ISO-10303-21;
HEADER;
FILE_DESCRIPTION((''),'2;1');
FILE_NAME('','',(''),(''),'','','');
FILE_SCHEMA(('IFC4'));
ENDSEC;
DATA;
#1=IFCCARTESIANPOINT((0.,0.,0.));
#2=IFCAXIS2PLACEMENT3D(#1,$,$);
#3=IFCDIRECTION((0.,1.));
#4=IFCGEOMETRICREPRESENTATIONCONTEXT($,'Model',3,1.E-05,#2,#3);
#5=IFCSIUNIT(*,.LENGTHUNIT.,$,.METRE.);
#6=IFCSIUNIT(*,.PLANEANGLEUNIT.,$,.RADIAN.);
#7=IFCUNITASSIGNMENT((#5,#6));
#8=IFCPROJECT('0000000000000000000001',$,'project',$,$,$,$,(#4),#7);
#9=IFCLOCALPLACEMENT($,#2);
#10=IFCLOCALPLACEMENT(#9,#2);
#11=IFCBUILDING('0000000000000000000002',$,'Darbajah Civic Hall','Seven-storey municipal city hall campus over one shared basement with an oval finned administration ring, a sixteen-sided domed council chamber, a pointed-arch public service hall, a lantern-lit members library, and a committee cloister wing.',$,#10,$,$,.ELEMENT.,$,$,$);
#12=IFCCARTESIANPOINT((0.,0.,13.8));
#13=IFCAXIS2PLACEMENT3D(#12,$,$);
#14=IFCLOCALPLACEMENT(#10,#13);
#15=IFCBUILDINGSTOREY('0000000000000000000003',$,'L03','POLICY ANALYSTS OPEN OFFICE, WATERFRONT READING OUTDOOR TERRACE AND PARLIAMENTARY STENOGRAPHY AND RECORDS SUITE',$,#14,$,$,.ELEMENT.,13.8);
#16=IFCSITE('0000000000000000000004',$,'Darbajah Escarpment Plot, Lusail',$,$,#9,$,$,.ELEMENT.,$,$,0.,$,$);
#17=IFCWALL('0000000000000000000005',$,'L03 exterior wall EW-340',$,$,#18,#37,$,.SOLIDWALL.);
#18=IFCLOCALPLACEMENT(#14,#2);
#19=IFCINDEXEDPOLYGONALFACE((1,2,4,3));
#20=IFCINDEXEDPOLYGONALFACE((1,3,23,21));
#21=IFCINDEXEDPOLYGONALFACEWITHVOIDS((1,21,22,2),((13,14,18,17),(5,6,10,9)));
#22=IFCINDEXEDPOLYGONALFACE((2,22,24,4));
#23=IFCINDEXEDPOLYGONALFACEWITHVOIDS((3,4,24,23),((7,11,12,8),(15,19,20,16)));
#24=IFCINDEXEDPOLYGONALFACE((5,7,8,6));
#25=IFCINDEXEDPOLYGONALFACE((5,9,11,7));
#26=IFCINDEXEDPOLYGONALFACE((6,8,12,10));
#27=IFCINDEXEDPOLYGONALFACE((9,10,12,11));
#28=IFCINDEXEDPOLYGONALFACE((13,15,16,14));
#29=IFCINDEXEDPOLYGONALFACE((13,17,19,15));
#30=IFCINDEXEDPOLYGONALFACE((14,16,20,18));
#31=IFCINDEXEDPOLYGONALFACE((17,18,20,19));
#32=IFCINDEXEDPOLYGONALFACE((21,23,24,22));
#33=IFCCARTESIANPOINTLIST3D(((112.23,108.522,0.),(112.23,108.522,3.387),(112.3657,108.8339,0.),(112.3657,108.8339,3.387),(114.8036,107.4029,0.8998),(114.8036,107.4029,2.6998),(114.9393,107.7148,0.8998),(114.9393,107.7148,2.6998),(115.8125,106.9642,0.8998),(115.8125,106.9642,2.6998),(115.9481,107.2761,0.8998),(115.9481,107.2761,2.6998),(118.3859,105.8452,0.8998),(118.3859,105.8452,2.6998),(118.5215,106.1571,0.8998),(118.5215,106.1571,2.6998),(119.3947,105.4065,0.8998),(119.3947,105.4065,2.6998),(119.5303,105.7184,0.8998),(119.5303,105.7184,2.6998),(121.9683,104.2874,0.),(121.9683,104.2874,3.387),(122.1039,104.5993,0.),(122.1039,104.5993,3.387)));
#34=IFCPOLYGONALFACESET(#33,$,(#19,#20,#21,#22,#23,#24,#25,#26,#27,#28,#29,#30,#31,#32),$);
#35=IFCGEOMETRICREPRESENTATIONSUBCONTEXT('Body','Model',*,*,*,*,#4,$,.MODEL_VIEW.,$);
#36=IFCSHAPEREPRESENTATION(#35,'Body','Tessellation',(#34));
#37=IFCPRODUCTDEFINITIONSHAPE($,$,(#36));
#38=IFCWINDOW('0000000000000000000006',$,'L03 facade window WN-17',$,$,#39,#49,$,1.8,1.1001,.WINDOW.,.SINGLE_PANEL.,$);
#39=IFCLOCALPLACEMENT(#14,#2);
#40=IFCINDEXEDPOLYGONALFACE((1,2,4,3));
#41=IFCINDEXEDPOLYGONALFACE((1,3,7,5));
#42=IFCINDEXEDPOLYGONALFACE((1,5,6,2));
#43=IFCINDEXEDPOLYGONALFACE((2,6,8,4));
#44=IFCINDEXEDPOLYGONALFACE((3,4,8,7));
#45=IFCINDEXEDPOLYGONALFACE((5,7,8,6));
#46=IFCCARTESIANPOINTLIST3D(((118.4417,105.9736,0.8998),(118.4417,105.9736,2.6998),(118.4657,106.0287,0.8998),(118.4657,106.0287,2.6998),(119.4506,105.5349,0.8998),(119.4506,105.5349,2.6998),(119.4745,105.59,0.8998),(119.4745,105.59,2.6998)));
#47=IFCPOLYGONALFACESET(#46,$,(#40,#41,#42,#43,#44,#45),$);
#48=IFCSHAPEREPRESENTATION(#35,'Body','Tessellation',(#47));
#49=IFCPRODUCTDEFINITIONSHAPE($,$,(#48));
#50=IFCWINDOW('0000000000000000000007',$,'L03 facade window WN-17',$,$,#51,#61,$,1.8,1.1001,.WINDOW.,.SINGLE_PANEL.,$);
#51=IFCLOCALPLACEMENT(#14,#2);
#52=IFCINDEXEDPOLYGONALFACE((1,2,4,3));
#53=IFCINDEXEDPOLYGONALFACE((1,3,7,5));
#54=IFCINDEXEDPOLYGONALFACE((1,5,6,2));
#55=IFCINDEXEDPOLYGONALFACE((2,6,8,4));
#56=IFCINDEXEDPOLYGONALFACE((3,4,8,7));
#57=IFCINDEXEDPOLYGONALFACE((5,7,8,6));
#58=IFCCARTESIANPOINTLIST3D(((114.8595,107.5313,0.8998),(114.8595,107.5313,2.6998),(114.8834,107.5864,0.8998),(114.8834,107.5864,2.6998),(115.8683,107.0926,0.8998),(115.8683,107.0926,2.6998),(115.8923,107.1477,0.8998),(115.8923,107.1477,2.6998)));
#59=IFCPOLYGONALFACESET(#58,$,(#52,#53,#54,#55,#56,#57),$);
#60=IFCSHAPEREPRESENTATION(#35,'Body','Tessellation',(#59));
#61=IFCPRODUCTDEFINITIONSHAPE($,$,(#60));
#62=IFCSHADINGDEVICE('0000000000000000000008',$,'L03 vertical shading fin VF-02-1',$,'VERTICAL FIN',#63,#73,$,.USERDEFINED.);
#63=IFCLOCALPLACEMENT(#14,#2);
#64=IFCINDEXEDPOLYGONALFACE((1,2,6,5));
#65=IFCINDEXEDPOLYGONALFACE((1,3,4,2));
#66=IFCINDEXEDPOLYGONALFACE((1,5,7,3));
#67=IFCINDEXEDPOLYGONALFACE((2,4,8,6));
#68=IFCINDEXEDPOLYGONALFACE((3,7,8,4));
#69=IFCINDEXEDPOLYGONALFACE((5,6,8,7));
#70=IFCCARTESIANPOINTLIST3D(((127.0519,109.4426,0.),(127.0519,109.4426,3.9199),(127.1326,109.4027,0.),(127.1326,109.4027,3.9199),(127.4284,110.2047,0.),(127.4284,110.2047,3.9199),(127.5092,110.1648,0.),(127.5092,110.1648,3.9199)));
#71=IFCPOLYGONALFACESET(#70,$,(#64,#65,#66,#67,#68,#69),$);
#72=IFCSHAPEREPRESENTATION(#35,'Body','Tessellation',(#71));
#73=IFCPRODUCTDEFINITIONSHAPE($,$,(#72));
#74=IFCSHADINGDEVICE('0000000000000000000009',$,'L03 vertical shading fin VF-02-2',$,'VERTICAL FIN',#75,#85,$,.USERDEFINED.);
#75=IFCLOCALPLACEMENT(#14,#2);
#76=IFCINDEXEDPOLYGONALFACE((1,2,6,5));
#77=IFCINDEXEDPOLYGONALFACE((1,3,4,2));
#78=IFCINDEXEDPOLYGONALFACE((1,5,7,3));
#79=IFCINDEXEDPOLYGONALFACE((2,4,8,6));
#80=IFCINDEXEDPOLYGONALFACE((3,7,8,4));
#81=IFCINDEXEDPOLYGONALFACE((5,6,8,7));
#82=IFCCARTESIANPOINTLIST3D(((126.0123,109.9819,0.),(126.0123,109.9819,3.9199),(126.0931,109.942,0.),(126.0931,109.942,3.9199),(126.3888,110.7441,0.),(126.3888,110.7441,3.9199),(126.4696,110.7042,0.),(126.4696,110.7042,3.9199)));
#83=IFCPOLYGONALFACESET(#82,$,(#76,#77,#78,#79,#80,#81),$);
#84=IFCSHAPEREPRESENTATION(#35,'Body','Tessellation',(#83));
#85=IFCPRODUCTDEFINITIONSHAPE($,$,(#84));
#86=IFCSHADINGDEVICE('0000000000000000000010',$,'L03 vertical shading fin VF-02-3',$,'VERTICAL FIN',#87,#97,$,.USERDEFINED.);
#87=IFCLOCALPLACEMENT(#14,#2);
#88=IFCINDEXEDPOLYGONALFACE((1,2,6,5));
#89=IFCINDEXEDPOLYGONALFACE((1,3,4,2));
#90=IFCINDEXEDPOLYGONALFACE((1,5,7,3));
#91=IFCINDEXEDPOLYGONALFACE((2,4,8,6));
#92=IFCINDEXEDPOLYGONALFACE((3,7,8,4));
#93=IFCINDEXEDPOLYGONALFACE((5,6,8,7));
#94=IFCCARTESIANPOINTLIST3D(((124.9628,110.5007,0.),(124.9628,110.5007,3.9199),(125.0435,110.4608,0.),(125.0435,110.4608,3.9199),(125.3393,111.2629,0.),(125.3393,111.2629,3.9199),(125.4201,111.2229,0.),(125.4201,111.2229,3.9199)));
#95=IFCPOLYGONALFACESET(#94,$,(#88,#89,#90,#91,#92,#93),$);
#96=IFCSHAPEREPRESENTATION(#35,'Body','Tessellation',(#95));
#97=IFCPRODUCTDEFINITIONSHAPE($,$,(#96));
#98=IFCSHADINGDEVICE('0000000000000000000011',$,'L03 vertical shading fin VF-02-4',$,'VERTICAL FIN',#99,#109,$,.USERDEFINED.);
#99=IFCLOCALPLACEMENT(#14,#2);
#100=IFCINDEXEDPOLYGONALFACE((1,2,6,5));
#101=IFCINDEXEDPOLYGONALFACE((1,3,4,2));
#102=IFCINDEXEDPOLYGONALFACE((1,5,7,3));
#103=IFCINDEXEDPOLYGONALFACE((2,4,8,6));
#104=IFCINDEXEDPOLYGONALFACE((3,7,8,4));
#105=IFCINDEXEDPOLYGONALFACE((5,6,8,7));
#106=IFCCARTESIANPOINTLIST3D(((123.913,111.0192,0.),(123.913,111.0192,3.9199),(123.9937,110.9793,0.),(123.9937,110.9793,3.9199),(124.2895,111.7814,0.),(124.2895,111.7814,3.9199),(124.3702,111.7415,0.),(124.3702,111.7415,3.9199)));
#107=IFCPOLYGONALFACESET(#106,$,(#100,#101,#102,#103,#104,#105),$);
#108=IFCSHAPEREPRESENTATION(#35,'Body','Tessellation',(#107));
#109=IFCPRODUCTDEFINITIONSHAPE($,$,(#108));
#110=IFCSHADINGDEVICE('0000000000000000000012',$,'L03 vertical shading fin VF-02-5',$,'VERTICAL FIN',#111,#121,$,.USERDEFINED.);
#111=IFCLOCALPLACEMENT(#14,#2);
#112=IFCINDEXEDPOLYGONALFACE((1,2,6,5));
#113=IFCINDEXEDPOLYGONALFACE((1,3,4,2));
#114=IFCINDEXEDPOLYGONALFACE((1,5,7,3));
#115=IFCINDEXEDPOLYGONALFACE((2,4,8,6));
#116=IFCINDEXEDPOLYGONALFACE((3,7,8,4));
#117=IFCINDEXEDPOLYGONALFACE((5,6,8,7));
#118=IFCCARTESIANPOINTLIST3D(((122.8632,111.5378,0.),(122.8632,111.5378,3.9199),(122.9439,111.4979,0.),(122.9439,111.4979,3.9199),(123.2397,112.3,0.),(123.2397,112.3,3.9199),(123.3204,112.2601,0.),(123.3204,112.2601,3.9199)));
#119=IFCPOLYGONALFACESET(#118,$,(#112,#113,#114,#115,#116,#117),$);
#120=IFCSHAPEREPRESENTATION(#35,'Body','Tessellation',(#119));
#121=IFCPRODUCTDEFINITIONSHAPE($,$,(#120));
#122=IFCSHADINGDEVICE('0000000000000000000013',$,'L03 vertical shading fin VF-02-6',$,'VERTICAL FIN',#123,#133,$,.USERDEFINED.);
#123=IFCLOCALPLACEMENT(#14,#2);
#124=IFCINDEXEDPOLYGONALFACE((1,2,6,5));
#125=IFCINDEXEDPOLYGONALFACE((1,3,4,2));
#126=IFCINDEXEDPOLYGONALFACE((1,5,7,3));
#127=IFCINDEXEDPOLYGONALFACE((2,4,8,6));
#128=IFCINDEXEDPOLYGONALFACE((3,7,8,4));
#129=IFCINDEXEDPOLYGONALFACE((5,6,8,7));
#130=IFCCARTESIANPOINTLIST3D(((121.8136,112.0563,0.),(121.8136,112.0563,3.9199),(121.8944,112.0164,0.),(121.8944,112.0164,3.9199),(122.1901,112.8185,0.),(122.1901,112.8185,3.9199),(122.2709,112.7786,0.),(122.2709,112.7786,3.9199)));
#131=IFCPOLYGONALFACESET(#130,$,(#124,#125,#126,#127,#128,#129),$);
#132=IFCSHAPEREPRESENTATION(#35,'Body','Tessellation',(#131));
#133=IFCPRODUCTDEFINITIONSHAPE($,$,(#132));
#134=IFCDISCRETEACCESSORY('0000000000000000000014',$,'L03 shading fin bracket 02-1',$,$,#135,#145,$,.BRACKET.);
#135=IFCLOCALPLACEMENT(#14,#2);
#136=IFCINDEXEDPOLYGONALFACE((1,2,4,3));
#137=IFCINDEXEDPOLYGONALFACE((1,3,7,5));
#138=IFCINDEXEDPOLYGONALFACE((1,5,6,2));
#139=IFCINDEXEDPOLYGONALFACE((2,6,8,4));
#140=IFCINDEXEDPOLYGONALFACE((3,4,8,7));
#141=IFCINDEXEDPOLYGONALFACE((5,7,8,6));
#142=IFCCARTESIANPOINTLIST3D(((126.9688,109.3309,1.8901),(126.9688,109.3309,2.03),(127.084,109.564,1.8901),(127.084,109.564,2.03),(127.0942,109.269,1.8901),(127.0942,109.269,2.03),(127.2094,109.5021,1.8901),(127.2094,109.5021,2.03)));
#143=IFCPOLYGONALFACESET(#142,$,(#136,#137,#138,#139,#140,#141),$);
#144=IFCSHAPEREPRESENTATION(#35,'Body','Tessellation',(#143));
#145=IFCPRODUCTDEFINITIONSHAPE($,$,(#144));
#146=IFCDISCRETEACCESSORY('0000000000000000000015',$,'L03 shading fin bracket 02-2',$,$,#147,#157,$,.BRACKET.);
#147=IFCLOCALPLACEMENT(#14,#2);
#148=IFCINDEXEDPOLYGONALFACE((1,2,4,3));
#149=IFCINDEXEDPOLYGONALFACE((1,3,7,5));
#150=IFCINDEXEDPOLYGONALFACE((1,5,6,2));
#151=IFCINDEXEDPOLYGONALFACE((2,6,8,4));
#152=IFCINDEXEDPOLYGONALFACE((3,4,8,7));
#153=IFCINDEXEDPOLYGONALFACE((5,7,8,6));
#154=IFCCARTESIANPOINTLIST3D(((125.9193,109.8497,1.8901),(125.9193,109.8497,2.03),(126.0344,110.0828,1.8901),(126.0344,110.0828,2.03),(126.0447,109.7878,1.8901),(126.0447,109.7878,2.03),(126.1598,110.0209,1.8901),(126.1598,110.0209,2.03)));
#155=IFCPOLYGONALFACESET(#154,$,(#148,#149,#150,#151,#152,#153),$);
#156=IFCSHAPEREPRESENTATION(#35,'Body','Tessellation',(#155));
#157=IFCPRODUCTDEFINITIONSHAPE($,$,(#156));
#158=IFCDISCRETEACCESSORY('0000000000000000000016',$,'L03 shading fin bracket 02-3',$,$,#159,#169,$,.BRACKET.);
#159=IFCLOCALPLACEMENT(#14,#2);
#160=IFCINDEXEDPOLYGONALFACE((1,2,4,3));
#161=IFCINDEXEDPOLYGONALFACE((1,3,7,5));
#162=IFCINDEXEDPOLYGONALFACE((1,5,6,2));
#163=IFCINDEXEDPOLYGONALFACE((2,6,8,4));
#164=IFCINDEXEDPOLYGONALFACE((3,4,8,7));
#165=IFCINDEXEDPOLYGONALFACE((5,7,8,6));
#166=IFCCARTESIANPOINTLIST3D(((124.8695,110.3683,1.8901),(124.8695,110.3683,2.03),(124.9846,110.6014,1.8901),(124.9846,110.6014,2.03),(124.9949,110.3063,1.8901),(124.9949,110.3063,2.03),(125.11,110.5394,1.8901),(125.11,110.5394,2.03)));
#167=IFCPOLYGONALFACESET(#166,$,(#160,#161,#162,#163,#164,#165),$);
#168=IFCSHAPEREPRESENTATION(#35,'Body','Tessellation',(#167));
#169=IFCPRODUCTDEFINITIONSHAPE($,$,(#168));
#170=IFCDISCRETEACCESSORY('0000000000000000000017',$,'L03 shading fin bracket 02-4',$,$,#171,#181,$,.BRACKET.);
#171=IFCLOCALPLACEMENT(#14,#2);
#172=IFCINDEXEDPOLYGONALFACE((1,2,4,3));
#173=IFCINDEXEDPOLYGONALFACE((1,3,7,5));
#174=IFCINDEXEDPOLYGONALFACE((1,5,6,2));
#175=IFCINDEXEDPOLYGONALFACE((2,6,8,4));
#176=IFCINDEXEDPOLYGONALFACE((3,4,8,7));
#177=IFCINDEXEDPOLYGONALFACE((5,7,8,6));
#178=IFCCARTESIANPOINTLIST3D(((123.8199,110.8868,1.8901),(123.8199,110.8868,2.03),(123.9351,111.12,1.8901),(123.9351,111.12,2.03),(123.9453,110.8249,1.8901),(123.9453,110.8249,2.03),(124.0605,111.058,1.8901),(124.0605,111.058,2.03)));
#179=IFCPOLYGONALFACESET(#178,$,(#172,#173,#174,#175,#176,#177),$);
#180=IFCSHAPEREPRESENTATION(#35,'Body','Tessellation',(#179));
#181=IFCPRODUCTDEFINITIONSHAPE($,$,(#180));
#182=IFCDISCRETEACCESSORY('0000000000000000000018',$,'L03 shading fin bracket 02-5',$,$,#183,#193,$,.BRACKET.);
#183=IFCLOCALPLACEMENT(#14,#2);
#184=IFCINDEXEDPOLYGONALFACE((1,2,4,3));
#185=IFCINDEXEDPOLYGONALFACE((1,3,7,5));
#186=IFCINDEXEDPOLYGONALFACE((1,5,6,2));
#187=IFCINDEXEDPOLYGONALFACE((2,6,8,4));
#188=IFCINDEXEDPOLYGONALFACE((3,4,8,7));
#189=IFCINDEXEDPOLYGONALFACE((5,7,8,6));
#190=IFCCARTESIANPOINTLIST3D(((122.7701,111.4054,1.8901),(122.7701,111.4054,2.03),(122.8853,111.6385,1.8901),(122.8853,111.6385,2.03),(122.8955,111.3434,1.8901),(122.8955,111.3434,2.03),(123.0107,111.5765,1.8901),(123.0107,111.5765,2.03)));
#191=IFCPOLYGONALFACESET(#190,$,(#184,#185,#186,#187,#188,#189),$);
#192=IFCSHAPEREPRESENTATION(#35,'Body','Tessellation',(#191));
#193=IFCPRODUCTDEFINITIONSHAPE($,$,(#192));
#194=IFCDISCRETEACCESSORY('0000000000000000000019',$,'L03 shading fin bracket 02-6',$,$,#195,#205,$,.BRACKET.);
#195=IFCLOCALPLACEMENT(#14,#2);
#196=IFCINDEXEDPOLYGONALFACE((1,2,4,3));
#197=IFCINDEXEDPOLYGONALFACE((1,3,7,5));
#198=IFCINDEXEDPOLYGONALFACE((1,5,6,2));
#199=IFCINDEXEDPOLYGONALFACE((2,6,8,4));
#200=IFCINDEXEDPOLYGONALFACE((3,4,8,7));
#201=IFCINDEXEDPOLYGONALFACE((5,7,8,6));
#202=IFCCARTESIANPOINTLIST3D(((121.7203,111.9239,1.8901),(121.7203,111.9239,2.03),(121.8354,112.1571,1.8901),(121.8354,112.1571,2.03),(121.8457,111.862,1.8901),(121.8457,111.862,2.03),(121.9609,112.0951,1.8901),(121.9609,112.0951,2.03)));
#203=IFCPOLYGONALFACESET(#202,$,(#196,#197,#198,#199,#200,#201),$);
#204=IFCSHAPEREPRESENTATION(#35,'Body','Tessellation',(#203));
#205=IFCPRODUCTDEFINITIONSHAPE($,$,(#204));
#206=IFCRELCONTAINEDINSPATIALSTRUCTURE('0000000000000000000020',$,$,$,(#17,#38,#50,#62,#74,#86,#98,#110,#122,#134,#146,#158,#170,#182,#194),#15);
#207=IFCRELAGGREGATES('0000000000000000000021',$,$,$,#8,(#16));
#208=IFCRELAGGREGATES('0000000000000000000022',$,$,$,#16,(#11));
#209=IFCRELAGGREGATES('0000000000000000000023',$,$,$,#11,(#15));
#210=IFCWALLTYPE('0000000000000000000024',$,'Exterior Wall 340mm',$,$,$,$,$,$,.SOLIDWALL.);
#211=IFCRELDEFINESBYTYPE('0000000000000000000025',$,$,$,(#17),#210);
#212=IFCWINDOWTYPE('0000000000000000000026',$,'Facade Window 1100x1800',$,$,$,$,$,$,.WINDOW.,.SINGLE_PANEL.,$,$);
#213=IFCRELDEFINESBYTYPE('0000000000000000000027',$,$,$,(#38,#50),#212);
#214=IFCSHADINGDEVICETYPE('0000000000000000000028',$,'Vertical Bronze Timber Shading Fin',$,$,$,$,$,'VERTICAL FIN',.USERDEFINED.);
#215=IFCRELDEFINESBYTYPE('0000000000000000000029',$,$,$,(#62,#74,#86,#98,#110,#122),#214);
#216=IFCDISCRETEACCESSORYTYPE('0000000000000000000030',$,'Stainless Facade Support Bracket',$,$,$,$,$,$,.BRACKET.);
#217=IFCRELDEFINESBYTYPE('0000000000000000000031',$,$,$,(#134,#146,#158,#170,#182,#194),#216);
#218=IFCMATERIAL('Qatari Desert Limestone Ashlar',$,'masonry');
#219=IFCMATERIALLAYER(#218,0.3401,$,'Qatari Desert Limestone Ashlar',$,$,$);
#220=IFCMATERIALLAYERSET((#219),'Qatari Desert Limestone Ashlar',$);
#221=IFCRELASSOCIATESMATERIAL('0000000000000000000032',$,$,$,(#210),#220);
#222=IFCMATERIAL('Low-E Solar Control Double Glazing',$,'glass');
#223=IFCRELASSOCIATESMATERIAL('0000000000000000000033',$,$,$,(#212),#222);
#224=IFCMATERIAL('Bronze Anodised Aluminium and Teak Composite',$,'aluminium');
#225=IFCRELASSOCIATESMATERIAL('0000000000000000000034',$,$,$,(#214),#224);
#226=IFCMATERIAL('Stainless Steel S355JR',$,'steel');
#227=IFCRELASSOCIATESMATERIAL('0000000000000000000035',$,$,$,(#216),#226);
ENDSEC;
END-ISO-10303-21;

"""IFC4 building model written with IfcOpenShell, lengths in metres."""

from ifc_helpers import new_model, si_unit, direction, frame, frame_2d, origin, origin_2d, place, context, subcontext, project, spatial, rectangle, extrude, material, layer, layer_set, type_object, element, fill, save


model = new_model("IFC4")

# Units and contexts
model_context = context("Model", 3, precision=1e-05, world=origin(), true_north=direction((0.0, 1.0)))
body_context = subcontext(model_context, "Body", "Model", "MODEL_VIEW")
ifc_project = project(units=[si_unit("LENGTHUNIT", "METRE"), si_unit("PLANEANGLEUNIT", "RADIAN")], contexts=[model_context])

# Site, building, storey
site_placement = place(None, origin())
site = spatial("IfcSite", under=ifc_project, at=site_placement, Name="Darbajah Escarpment Plot, Lusail", CompositionType="ELEMENT", RefElevation=0.0)
building_placement = place(site_placement, origin())
building = spatial("IfcBuilding", under=site, at=building_placement, Name="Darbajah Civic Hall", Description="Seven-storey municipal city hall campus over one shared basement with an oval finned administration ring, a sixteen-sided domed council chamber, a pointed-arch public service hall, a lantern-lit members library, and a committee cloister wing.", CompositionType="ELEMENT")
storey_placement = place(building_placement, frame((0.0, 0.0, 13.8)))
storey = spatial("IfcBuildingStorey", under=building, at=storey_placement, Name="L03", Description="POLICY ANALYSTS OPEN OFFICE, WATERFRONT READING OUTDOOR TERRACE AND PARLIAMENTARY STENOGRAPHY AND RECORDS SUITE", CompositionType="ELEMENT", Elevation=13.8)

# Shared definitions
ifc_material_1 = material(Name="Low-E Solar Control Double Glazing", Category="glass")

# Wall, openings, windows
ifc_material_2 = material(Name="Qatari Desert Limestone Ashlar", Category="masonry")
ifc_layer_1 = layer(ifc_material_2, 0.3401, Name="Qatari Desert Limestone Ashlar")
ifc_layer_set_1 = layer_set([ifc_layer_1], Name="Qatari Desert Limestone Ashlar")
wall_type = type_object("IfcWallType", Name="Exterior Wall 340mm", PredefinedType="SOLIDWALL", material=ifc_layer_set_1)
wall_placement = place(storey_placement, frame((122.0361, 104.4434, 0.0), z_axis=(0.0, 0.0, 1.0), x_axis=(-0.91705, 0.398772, 0.0)))
wall = element("IfcWall", 1, at=wall_placement, inside=storey, type_object=wall_type, Name="L03 exterior wall EW-340", PredefinedType="SOLIDWALL", context=body_context, shape_type="SweptSolid", body=[
    extrude(rectangle(XDim=10.6191, YDim=0.3401, at=frame_2d((5.3096, 0.0))), origin(), (0.0, 0.0, 1.0), 3.387),
])
opening_1_placement = place(wall_placement, frame((2.8064, 0.0, 0.8999)))
opening_1 = element("IfcOpeningElement", 2, at=opening_1_placement, cuts=wall, PredefinedType="OPENING", context=body_context, shape_type="SweptSolid", body=[
    extrude(rectangle(XDim=1.1001, YDim=1.8, at=frame_2d((0.55, 0.8999))), frame((0.0, 0.1799, 0.0), z_axis=(0.0, -1.0, 0.0), x_axis=(1.0, 0.0, 0.0)), (0.0, 0.0, 1.0), 0.3601),
])
opening_2_placement = place(wall_placement, frame((6.7126, 0.0, 0.8999)))
opening_2 = element("IfcOpeningElement", 3, at=opening_2_placement, cuts=wall, PredefinedType="OPENING", context=body_context, shape_type="SweptSolid", body=[
    extrude(rectangle(XDim=1.1001, YDim=1.8, at=frame_2d((0.55, 0.8999))), frame((0.0, 0.1799, 0.0), z_axis=(0.0, -1.0, 0.0), x_axis=(1.0, 0.0, 0.0)), (0.0, 0.0, 1.0), 0.3601),
])
window_type = type_object("IfcWindowType", Name="Facade Window 1100x1800", PartitioningType="SINGLE_PANEL", PredefinedType="WINDOW", material=ifc_material_1)
window_1_placement = place(opening_1_placement, origin())
window_1 = element("IfcWindow", 4, at=window_1_placement, inside=storey, type_object=window_type, Name="L03 facade window WN-17", OverallHeight=1.8, OverallWidth=1.1001, PartitioningType="SINGLE_PANEL", PredefinedType="WINDOW", context=body_context, shape_type="SweptSolid", body=[
    extrude(rectangle(XDim=1.1001, YDim=1.8, at=frame_2d((0.55, 0.8999))), frame((0.0, 0.03, 0.0), z_axis=(0.0, -1.0, 0.0), x_axis=(1.0, 0.0, 0.0)), (0.0, 0.0, 1.0), 0.0601),
])
fill(opening_1, window_1)
window_2_placement = place(opening_2_placement, origin())
window_2 = element("IfcWindow", 5, at=window_2_placement, inside=storey, type_object=window_type, Name="L03 facade window WN-17", OverallHeight=1.8, OverallWidth=1.1001, PartitioningType="SINGLE_PANEL", PredefinedType="WINDOW", context=body_context, shape_type="SweptSolid", body=[
    extrude(rectangle(XDim=1.1001, YDim=1.8, at=frame_2d((0.55, 0.8999))), frame((0.0, 0.03, 0.0), z_axis=(0.0, -1.0, 0.0), x_axis=(1.0, 0.0, 0.0)), (0.0, 0.0, 1.0), 0.0601),
])
fill(opening_2, window_2)

# Shading devices
ifc_material_3 = material(Name="Bronze Anodised Aluminium and Teak Composite", Category="aluminium")
shading_device_type = type_object("IfcShadingDeviceType", Name="Vertical Bronze Timber Shading Fin", ElementType="VERTICAL FIN", PredefinedType="USERDEFINED", material=ifc_material_3)
for number, where, z_axis, x_axis, name in (
    (6, (127.2805, 109.8037, 0.0), (0.0, 0.0, 1.0), (0.442915, 0.896564, 0.0), "L03 vertical shading fin VF-02-1"),
    (7, (126.241, 110.343, 0.0), (0.0, 0.0, 1.0), (0.442915, 0.896564, 0.0), "L03 vertical shading fin VF-02-2"),
    (8, (125.1914, 110.8618, 0.0), (0.0, 0.0, 1.0), (0.442915, 0.896564, 0.0), "L03 vertical shading fin VF-02-3"),
    (9, (124.1416, 111.3804, 0.0), (0.0, 0.0, 1.0), (0.442915, 0.896564, 0.0), "L03 vertical shading fin VF-02-4"),
    (10, (123.0918, 111.8989, 0.0), (0.0, 0.0, 1.0), (0.442915, 0.896564, 0.0), "L03 vertical shading fin VF-02-5"),
    (11, (122.0422, 112.4175, 0.0), (0.0, 0.0, 1.0), (0.442915, 0.896564, 0.0), "L03 vertical shading fin VF-02-6"),
):
    element("IfcShadingDevice", number, at=place(storey_placement, frame(where, z_axis=z_axis, x_axis=x_axis)), inside=storey, type_object=shading_device_type, Name=name, ObjectType="VERTICAL FIN", PredefinedType="USERDEFINED", context=body_context, shape_type="SweptSolid", body=[
        extrude(rectangle(XDim=0.8501, YDim=0.0901, at=origin_2d()), origin(), (0.0, 0.0, 1.0), 3.9199),
    ])

# Discrete accessories
ifc_material_4 = material(Name="Stainless Steel S355JR", Category="steel")
discrete_accessory_type = type_object("IfcDiscreteAccessoryType", Name="Stainless Facade Support Bracket", PredefinedType="BRACKET", material=ifc_material_4)
for number, where, z_axis, x_axis, name in (
    (12, (127.0891, 109.4165, 1.8901), (0.0, 0.0, 1.0), (0.442915, 0.896564, 0.0), "L03 shading fin bracket 02-1"),
    (13, (126.0396, 109.9353, 1.8901), (0.0, 0.0, 1.0), (0.442915, 0.896564, 0.0), "L03 shading fin bracket 02-2"),
    (14, (124.9897, 110.4539, 1.8901), (0.0, 0.0, 1.0), (0.442915, 0.896564, 0.0), "L03 shading fin bracket 02-3"),
    (15, (123.9402, 110.9724, 1.8901), (0.0, 0.0, 1.0), (0.442915, 0.896564, 0.0), "L03 shading fin bracket 02-4"),
    (16, (122.8904, 111.491, 1.8901), (0.0, 0.0, 1.0), (0.442915, 0.896564, 0.0), "L03 shading fin bracket 02-5"),
    (17, (121.8406, 112.0095, 1.8901), (0.0, 0.0, 1.0), (0.442915, 0.896564, 0.0), "L03 shading fin bracket 02-6"),
):
    element("IfcDiscreteAccessory", number, at=place(storey_placement, frame(where, z_axis=z_axis, x_axis=x_axis)), inside=storey, type_object=discrete_accessory_type, Name=name, PredefinedType="BRACKET", context=body_context, shape_type="SweptSolid", body=[
        extrude(rectangle(XDim=0.26, YDim=0.1399, at=origin_2d()), origin(), (0.0, 0.0, 1.0), 0.1399),
    ])

save(model, "model.ifc")
